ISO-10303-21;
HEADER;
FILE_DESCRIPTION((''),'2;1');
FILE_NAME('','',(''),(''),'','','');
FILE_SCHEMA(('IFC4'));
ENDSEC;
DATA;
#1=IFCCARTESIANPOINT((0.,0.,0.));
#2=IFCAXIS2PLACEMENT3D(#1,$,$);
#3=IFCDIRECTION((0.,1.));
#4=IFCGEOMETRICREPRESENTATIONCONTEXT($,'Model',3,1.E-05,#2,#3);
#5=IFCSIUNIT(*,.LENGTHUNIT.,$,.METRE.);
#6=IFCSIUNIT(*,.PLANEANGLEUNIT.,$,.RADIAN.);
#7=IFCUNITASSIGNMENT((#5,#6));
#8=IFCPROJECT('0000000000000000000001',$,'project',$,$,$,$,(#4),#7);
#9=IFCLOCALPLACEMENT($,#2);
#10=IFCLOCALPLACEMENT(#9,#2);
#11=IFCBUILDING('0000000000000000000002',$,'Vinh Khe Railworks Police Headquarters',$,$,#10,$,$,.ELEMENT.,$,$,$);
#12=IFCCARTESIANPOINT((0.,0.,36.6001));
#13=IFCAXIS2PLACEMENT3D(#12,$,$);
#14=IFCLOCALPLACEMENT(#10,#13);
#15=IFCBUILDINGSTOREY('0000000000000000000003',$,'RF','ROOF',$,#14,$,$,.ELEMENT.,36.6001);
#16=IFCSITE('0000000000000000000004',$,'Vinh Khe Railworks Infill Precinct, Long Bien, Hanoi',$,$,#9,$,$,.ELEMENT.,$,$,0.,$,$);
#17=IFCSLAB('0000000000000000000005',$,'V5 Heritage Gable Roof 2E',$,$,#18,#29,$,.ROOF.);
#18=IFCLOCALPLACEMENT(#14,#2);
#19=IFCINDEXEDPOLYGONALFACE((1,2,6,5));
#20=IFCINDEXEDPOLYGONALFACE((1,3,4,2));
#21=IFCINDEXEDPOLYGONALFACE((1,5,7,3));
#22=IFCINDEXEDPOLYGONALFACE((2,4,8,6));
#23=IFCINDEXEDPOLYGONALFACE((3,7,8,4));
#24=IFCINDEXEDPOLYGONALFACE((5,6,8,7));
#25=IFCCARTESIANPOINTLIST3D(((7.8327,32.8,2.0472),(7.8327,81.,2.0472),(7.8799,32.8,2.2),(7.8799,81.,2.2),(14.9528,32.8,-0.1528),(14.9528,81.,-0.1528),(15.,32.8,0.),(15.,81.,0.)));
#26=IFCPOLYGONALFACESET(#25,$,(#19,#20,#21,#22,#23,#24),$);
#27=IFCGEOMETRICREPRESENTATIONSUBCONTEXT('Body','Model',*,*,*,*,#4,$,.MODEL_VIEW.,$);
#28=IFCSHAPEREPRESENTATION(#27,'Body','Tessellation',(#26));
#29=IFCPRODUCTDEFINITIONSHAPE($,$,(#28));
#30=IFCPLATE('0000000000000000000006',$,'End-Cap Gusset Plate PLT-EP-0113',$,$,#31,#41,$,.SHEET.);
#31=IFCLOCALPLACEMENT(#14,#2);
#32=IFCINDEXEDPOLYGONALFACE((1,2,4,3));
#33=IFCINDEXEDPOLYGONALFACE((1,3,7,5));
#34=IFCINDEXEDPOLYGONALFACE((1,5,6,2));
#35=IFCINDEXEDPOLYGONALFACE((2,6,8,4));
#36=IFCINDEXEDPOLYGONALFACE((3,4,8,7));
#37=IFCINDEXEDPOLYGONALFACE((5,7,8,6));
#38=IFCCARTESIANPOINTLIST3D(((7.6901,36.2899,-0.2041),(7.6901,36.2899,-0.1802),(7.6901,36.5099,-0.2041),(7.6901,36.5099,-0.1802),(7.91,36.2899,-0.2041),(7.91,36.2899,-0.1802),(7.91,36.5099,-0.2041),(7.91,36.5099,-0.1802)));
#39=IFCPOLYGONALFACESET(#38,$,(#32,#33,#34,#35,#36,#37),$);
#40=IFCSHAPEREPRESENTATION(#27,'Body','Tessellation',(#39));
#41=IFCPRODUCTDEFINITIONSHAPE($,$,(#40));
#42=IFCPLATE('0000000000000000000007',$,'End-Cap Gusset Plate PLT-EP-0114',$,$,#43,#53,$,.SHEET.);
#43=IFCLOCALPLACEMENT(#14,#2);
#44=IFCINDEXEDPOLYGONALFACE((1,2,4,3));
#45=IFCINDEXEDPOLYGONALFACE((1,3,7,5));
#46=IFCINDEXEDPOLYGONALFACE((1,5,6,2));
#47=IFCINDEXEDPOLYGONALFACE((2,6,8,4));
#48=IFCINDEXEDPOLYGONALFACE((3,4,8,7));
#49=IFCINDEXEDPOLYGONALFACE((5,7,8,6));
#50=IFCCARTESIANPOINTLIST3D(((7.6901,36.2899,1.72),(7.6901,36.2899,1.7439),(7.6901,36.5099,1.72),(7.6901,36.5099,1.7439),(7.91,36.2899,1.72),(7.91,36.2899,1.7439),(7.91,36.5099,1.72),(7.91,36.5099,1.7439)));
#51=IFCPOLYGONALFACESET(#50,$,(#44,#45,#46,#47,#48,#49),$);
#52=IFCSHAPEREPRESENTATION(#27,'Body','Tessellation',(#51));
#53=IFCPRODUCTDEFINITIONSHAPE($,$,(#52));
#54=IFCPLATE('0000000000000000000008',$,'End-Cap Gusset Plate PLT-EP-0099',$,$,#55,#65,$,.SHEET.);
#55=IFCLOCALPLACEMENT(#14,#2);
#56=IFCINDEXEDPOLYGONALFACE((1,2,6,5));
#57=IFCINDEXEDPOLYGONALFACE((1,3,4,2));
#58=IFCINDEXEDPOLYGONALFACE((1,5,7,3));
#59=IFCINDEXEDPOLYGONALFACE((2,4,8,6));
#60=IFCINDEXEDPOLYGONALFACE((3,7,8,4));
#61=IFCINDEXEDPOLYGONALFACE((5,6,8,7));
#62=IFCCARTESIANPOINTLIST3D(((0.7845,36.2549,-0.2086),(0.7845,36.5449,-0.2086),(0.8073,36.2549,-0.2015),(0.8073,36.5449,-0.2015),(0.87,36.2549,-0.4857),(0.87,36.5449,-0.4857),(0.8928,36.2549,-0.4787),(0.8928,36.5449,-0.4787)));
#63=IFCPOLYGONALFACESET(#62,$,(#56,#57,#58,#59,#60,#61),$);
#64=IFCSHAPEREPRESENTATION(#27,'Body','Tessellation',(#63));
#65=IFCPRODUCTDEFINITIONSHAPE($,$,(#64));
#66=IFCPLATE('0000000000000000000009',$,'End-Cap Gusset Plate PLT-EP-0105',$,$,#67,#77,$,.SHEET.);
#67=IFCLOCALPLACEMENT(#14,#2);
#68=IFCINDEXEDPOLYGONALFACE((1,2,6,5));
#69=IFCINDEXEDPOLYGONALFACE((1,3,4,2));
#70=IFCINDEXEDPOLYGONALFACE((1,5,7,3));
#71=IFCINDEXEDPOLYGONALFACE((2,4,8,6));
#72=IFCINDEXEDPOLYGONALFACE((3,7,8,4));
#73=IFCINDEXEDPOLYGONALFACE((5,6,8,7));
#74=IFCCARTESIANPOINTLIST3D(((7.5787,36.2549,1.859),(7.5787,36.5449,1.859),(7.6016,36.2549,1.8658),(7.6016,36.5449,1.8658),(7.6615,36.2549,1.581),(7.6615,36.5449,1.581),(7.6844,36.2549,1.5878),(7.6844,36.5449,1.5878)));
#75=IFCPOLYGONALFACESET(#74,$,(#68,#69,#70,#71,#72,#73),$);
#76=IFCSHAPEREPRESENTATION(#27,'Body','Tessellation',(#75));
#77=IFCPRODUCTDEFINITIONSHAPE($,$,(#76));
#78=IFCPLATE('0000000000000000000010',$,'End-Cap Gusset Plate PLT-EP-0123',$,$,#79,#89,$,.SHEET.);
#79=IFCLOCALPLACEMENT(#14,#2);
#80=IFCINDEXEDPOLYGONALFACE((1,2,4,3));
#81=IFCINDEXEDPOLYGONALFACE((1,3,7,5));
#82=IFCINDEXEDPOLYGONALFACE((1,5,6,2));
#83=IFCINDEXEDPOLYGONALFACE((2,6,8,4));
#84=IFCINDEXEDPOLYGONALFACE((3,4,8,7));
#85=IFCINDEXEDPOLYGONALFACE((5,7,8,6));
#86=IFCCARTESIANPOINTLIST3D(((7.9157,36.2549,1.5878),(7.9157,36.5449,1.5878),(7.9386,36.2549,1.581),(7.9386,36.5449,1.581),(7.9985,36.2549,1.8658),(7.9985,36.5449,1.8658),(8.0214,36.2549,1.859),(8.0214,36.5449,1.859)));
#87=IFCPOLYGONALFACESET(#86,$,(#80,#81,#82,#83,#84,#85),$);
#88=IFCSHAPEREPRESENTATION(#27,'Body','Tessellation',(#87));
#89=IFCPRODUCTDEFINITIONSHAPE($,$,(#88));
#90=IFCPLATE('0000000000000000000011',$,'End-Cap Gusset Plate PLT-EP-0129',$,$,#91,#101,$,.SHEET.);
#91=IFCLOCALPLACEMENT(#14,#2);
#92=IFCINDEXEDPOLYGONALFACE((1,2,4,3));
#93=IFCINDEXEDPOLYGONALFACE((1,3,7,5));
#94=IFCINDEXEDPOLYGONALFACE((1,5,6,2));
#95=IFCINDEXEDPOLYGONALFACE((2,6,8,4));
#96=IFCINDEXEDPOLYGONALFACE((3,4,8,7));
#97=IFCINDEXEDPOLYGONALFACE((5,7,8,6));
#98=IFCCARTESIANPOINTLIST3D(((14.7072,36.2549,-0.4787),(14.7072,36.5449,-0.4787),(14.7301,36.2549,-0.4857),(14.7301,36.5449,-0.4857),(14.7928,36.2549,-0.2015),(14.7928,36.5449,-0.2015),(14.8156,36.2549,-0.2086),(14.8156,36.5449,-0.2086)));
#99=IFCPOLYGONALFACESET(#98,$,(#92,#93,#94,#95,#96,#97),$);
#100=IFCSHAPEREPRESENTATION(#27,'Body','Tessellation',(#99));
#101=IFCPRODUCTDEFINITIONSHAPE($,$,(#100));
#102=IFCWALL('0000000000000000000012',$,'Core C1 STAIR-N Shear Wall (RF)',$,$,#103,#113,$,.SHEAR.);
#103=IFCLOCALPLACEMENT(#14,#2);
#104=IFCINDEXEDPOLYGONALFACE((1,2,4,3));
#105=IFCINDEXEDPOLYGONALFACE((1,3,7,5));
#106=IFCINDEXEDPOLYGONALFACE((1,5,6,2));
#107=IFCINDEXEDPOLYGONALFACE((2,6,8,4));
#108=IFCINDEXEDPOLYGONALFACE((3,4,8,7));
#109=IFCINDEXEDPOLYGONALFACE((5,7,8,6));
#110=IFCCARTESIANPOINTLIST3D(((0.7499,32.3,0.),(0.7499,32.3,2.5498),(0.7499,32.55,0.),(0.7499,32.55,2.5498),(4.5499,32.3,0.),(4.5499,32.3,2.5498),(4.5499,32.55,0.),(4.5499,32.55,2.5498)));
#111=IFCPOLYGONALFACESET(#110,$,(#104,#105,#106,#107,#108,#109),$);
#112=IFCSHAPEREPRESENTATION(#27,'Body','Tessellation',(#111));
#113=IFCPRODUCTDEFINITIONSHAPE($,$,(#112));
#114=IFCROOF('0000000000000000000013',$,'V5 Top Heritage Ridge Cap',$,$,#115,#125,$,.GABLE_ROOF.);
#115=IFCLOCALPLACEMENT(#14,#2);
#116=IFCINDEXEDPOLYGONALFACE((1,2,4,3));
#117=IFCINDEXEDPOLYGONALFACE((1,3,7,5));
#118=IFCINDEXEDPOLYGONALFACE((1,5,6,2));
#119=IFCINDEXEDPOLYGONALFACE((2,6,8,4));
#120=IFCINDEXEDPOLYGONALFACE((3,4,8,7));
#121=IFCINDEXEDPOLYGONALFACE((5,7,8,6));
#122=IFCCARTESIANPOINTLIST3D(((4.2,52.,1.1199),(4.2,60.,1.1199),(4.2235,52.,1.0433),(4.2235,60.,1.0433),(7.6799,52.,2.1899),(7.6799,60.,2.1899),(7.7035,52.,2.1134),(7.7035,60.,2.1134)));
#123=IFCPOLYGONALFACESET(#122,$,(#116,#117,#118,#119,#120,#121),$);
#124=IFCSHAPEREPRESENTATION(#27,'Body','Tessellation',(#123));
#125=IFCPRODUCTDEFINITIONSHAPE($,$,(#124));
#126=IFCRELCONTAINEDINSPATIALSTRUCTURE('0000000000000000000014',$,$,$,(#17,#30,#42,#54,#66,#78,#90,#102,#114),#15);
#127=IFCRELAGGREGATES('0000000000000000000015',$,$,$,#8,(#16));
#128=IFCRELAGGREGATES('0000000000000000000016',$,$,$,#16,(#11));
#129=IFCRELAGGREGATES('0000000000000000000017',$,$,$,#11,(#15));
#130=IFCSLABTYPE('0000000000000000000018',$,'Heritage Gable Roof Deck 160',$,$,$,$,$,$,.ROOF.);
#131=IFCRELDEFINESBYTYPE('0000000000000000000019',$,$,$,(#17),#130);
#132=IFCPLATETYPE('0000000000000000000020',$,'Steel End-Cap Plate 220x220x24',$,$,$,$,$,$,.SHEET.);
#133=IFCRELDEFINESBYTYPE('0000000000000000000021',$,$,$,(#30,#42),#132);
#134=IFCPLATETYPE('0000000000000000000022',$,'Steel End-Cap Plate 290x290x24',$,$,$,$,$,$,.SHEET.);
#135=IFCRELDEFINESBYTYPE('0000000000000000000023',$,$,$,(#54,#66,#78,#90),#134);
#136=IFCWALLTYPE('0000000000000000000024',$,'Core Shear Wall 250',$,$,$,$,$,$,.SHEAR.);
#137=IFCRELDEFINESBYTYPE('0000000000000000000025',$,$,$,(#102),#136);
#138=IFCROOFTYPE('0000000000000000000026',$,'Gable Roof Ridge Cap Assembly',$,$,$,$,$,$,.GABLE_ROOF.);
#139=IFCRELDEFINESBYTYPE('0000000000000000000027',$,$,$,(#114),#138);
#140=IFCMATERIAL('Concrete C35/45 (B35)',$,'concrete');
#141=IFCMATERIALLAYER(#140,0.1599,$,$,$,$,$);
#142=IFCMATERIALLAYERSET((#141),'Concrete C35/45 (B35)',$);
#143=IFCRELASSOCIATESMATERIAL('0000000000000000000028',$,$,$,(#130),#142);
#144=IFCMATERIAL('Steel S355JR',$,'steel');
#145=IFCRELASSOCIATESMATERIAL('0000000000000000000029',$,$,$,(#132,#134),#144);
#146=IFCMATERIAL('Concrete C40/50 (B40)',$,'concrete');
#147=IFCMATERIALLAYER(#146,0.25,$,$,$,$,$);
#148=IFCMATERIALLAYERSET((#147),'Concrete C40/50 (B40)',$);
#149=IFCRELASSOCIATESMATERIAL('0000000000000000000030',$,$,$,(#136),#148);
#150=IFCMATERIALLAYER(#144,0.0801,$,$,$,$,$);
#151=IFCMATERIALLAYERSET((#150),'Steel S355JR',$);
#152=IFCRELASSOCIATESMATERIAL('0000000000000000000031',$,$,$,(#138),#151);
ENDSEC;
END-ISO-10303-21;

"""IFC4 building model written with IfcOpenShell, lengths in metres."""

from ifc_helpers import new_model, si_unit, direction, frame, frame_2d, origin, origin_2d, place, context, subcontext, project, spatial, polyline, rectangle, outline, extrude, material, layer, layer_set, material_profile, profile_set, type_object, element, save


model = new_model("IFC4")

# Units and contexts
model_context = context("Model", 3, precision=1e-05, world=origin(), true_north=direction((0.0, 1.0)))
body_context = subcontext(model_context, "Body", "Model", "MODEL_VIEW")
ifc_project = project(units=[si_unit("LENGTHUNIT", "METRE"), si_unit("PLANEANGLEUNIT", "RADIAN")], contexts=[model_context])

# Site, building, storey
site_placement = place(None, origin())
site = spatial("IfcSite", under=ifc_project, at=site_placement, Name="Vinh Khe Railworks Infill Precinct, Long Bien, Hanoi", CompositionType="ELEMENT", RefElevation=0.0)
building_placement = place(site_placement, origin())
building = spatial("IfcBuilding", under=site, at=building_placement, Name="Vinh Khe Railworks Police Headquarters", CompositionType="ELEMENT")
storey_placement = place(building_placement, frame((0.0, 0.0, 36.6001)))
storey = spatial("IfcBuildingStorey", under=building, at=storey_placement, Name="RF", Description="ROOF", CompositionType="ELEMENT", Elevation=36.6001)

# Shared definitions
ifc_material_1 = material(Name="Steel S355JR", Category="steel")

# Slab
ifc_material_2 = material(Name="Concrete C35/45 (B35)", Category="concrete")
ifc_layer_1 = layer(ifc_material_2, 0.1599)
ifc_layer_set_1 = layer_set([ifc_layer_1], Name="Concrete C35/45 (B35)")
slab_type = type_object("IfcSlabType", Name="Heritage Gable Roof Deck 160", PredefinedType="ROOF", material=ifc_layer_set_1)
slab_1_placement = place(storey_placement, frame((7.8799, 32.8, 2.2), z_axis=(0.295207, 0.0, 0.955433), x_axis=(0.955433, 0.0, -0.295207)))
element("IfcSlab", 1, at=slab_1_placement, inside=storey, type_object=slab_type, Name="V5 Heritage Gable Roof 2E", PredefinedType="ROOF", context=body_context, shape_type="SweptSolid", body=[
    extrude(outline(polyline([(0.0, 0.0), (7.4522, 0.0), (7.4522, 48.2), (0.0, 48.2), (0.0, 0.0)])), origin(), (0.0, 0.0, -1.0), 0.1599),
])

# Plates
ifc_material_profile_1 = material_profile(ifc_material_1, rectangle(XDim=0.22, YDim=0.22, at=origin_2d()), Name="PL 220x220")
ifc_profile_set_1 = profile_set([ifc_material_profile_1], Name="Steel S355JR")
plate_type_1 = type_object("IfcPlateType", Name="Steel End-Cap Plate 220x220x24", PredefinedType="SHEET", material=ifc_profile_set_1)
for number, where, z_axis, x_axis, name in (
    (2, (7.8, 36.3999, -0.1802), (0.0, 0.0, -1.0), (1.0, 0.0, 0.0), "End-Cap Gusset Plate PLT-EP-0113"),
    (3, (7.8, 36.3999, 1.72), (0.0, 0.0, 1.0), (1.0, 0.0, 0.0), "End-Cap Gusset Plate PLT-EP-0114"),
):
    element("IfcPlate", number, at=place(storey_placement, frame(where, z_axis=z_axis, x_axis=x_axis)), inside=storey, type_object=plate_type_1, Name=name, PredefinedType="SHEET", context=body_context, shape_type="SweptSolid", body=[
        extrude(rectangle(XDim=0.22, YDim=0.22, at=origin_2d()), origin(), (0.0, 0.0, 1.0), 0.0239),
    ])
ifc_material_profile_2 = material_profile(ifc_material_1, rectangle(XDim=0.29, YDim=0.29, at=origin_2d()), Name="PL 290x290")
ifc_profile_set_2 = profile_set([ifc_material_profile_2], Name="Steel S355JR")
plate_type_2 = type_object("IfcPlateType", Name="Steel End-Cap Plate 290x290x24", PredefinedType="SHEET", material=ifc_profile_set_2)
for number, where, z_axis, x_axis, name in (
    (4, (0.8501, 36.3999, -0.3401), (-0.955559, 0.0, -0.2948), (0.0, -1.0, 0.0), "End-Cap Gusset Plate PLT-EP-0099"),
    (5, (7.6201, 36.3999, 1.72), (0.958386, 0.0, 0.285477), (0.0, 1.0, 0.0), "End-Cap Gusset Plate PLT-EP-0105"),
    (6, (7.98, 36.3999, 1.72), (-0.958386, 0.0, 0.285477), (0.0, -1.0, 0.0), "End-Cap Gusset Plate PLT-EP-0123"),
    (7, (14.75, 36.3999, -0.3401), (0.955559, 0.0, -0.2948), (0.0, 1.0, 0.0), "End-Cap Gusset Plate PLT-EP-0129"),
):
    element("IfcPlate", number, at=place(storey_placement, frame(where, z_axis=z_axis, x_axis=x_axis)), inside=storey, type_object=plate_type_2, Name=name, PredefinedType="SHEET", context=body_context, shape_type="SweptSolid", body=[
        extrude(rectangle(XDim=0.29, YDim=0.29, at=origin_2d()), origin(), (0.0, 0.0, 1.0), 0.0239),
    ])

# Wall
ifc_material_3 = material(Name="Concrete C40/50 (B40)", Category="concrete")
ifc_layer_2 = layer(ifc_material_3, 0.25)
ifc_layer_set_2 = layer_set([ifc_layer_2], Name="Concrete C40/50 (B40)")
wall_type = type_object("IfcWallType", Name="Core Shear Wall 250", PredefinedType="SHEAR", material=ifc_layer_set_2)
wall_placement = place(storey_placement, frame((0.75, 32.425, 0.0), z_axis=(0.0, 0.0, 1.0), x_axis=(1.0, 0.0, 0.0)))
element("IfcWall", 8, at=wall_placement, inside=storey, type_object=wall_type, Name="Core C1 STAIR-N Shear Wall (RF)", PredefinedType="SHEAR", context=body_context, shape_type="SweptSolid", body=[
    extrude(rectangle(XDim=3.8, YDim=0.25, at=frame_2d((1.8999, 0.0))), origin(), (0.0, 0.0, 1.0), 2.5498),
])

# Roof
ifc_layer_3 = layer(ifc_material_1, 0.0801)
ifc_layer_set_3 = layer_set([ifc_layer_3], Name="Steel S355JR")
roof_type = type_object("IfcRoofType", Name="Gable Roof Ridge Cap Assembly", PredefinedType="GABLE_ROOF", material=ifc_layer_set_3)
roof_placement = place(storey_placement, frame((4.2, 52.0, 1.1199), z_axis=(-0.293911, 0.0, 0.955833), x_axis=(0.955833, 0.0, 0.293911)))
element("IfcRoof", 9, at=roof_placement, inside=storey, type_object=roof_type, Name="V5 Top Heritage Ridge Cap", PredefinedType="GABLE_ROOF", context=body_context, shape_type="SweptSolid", body=[
    extrude(outline(polyline([(0.0, 0.0), (3.6408, 0.0), (3.6408, 8.0), (0.0, 8.0), (0.0, 0.0)])), origin(), (0.0, 0.0, -1.0), 0.0801),
])

save(model, "model.ifc")
